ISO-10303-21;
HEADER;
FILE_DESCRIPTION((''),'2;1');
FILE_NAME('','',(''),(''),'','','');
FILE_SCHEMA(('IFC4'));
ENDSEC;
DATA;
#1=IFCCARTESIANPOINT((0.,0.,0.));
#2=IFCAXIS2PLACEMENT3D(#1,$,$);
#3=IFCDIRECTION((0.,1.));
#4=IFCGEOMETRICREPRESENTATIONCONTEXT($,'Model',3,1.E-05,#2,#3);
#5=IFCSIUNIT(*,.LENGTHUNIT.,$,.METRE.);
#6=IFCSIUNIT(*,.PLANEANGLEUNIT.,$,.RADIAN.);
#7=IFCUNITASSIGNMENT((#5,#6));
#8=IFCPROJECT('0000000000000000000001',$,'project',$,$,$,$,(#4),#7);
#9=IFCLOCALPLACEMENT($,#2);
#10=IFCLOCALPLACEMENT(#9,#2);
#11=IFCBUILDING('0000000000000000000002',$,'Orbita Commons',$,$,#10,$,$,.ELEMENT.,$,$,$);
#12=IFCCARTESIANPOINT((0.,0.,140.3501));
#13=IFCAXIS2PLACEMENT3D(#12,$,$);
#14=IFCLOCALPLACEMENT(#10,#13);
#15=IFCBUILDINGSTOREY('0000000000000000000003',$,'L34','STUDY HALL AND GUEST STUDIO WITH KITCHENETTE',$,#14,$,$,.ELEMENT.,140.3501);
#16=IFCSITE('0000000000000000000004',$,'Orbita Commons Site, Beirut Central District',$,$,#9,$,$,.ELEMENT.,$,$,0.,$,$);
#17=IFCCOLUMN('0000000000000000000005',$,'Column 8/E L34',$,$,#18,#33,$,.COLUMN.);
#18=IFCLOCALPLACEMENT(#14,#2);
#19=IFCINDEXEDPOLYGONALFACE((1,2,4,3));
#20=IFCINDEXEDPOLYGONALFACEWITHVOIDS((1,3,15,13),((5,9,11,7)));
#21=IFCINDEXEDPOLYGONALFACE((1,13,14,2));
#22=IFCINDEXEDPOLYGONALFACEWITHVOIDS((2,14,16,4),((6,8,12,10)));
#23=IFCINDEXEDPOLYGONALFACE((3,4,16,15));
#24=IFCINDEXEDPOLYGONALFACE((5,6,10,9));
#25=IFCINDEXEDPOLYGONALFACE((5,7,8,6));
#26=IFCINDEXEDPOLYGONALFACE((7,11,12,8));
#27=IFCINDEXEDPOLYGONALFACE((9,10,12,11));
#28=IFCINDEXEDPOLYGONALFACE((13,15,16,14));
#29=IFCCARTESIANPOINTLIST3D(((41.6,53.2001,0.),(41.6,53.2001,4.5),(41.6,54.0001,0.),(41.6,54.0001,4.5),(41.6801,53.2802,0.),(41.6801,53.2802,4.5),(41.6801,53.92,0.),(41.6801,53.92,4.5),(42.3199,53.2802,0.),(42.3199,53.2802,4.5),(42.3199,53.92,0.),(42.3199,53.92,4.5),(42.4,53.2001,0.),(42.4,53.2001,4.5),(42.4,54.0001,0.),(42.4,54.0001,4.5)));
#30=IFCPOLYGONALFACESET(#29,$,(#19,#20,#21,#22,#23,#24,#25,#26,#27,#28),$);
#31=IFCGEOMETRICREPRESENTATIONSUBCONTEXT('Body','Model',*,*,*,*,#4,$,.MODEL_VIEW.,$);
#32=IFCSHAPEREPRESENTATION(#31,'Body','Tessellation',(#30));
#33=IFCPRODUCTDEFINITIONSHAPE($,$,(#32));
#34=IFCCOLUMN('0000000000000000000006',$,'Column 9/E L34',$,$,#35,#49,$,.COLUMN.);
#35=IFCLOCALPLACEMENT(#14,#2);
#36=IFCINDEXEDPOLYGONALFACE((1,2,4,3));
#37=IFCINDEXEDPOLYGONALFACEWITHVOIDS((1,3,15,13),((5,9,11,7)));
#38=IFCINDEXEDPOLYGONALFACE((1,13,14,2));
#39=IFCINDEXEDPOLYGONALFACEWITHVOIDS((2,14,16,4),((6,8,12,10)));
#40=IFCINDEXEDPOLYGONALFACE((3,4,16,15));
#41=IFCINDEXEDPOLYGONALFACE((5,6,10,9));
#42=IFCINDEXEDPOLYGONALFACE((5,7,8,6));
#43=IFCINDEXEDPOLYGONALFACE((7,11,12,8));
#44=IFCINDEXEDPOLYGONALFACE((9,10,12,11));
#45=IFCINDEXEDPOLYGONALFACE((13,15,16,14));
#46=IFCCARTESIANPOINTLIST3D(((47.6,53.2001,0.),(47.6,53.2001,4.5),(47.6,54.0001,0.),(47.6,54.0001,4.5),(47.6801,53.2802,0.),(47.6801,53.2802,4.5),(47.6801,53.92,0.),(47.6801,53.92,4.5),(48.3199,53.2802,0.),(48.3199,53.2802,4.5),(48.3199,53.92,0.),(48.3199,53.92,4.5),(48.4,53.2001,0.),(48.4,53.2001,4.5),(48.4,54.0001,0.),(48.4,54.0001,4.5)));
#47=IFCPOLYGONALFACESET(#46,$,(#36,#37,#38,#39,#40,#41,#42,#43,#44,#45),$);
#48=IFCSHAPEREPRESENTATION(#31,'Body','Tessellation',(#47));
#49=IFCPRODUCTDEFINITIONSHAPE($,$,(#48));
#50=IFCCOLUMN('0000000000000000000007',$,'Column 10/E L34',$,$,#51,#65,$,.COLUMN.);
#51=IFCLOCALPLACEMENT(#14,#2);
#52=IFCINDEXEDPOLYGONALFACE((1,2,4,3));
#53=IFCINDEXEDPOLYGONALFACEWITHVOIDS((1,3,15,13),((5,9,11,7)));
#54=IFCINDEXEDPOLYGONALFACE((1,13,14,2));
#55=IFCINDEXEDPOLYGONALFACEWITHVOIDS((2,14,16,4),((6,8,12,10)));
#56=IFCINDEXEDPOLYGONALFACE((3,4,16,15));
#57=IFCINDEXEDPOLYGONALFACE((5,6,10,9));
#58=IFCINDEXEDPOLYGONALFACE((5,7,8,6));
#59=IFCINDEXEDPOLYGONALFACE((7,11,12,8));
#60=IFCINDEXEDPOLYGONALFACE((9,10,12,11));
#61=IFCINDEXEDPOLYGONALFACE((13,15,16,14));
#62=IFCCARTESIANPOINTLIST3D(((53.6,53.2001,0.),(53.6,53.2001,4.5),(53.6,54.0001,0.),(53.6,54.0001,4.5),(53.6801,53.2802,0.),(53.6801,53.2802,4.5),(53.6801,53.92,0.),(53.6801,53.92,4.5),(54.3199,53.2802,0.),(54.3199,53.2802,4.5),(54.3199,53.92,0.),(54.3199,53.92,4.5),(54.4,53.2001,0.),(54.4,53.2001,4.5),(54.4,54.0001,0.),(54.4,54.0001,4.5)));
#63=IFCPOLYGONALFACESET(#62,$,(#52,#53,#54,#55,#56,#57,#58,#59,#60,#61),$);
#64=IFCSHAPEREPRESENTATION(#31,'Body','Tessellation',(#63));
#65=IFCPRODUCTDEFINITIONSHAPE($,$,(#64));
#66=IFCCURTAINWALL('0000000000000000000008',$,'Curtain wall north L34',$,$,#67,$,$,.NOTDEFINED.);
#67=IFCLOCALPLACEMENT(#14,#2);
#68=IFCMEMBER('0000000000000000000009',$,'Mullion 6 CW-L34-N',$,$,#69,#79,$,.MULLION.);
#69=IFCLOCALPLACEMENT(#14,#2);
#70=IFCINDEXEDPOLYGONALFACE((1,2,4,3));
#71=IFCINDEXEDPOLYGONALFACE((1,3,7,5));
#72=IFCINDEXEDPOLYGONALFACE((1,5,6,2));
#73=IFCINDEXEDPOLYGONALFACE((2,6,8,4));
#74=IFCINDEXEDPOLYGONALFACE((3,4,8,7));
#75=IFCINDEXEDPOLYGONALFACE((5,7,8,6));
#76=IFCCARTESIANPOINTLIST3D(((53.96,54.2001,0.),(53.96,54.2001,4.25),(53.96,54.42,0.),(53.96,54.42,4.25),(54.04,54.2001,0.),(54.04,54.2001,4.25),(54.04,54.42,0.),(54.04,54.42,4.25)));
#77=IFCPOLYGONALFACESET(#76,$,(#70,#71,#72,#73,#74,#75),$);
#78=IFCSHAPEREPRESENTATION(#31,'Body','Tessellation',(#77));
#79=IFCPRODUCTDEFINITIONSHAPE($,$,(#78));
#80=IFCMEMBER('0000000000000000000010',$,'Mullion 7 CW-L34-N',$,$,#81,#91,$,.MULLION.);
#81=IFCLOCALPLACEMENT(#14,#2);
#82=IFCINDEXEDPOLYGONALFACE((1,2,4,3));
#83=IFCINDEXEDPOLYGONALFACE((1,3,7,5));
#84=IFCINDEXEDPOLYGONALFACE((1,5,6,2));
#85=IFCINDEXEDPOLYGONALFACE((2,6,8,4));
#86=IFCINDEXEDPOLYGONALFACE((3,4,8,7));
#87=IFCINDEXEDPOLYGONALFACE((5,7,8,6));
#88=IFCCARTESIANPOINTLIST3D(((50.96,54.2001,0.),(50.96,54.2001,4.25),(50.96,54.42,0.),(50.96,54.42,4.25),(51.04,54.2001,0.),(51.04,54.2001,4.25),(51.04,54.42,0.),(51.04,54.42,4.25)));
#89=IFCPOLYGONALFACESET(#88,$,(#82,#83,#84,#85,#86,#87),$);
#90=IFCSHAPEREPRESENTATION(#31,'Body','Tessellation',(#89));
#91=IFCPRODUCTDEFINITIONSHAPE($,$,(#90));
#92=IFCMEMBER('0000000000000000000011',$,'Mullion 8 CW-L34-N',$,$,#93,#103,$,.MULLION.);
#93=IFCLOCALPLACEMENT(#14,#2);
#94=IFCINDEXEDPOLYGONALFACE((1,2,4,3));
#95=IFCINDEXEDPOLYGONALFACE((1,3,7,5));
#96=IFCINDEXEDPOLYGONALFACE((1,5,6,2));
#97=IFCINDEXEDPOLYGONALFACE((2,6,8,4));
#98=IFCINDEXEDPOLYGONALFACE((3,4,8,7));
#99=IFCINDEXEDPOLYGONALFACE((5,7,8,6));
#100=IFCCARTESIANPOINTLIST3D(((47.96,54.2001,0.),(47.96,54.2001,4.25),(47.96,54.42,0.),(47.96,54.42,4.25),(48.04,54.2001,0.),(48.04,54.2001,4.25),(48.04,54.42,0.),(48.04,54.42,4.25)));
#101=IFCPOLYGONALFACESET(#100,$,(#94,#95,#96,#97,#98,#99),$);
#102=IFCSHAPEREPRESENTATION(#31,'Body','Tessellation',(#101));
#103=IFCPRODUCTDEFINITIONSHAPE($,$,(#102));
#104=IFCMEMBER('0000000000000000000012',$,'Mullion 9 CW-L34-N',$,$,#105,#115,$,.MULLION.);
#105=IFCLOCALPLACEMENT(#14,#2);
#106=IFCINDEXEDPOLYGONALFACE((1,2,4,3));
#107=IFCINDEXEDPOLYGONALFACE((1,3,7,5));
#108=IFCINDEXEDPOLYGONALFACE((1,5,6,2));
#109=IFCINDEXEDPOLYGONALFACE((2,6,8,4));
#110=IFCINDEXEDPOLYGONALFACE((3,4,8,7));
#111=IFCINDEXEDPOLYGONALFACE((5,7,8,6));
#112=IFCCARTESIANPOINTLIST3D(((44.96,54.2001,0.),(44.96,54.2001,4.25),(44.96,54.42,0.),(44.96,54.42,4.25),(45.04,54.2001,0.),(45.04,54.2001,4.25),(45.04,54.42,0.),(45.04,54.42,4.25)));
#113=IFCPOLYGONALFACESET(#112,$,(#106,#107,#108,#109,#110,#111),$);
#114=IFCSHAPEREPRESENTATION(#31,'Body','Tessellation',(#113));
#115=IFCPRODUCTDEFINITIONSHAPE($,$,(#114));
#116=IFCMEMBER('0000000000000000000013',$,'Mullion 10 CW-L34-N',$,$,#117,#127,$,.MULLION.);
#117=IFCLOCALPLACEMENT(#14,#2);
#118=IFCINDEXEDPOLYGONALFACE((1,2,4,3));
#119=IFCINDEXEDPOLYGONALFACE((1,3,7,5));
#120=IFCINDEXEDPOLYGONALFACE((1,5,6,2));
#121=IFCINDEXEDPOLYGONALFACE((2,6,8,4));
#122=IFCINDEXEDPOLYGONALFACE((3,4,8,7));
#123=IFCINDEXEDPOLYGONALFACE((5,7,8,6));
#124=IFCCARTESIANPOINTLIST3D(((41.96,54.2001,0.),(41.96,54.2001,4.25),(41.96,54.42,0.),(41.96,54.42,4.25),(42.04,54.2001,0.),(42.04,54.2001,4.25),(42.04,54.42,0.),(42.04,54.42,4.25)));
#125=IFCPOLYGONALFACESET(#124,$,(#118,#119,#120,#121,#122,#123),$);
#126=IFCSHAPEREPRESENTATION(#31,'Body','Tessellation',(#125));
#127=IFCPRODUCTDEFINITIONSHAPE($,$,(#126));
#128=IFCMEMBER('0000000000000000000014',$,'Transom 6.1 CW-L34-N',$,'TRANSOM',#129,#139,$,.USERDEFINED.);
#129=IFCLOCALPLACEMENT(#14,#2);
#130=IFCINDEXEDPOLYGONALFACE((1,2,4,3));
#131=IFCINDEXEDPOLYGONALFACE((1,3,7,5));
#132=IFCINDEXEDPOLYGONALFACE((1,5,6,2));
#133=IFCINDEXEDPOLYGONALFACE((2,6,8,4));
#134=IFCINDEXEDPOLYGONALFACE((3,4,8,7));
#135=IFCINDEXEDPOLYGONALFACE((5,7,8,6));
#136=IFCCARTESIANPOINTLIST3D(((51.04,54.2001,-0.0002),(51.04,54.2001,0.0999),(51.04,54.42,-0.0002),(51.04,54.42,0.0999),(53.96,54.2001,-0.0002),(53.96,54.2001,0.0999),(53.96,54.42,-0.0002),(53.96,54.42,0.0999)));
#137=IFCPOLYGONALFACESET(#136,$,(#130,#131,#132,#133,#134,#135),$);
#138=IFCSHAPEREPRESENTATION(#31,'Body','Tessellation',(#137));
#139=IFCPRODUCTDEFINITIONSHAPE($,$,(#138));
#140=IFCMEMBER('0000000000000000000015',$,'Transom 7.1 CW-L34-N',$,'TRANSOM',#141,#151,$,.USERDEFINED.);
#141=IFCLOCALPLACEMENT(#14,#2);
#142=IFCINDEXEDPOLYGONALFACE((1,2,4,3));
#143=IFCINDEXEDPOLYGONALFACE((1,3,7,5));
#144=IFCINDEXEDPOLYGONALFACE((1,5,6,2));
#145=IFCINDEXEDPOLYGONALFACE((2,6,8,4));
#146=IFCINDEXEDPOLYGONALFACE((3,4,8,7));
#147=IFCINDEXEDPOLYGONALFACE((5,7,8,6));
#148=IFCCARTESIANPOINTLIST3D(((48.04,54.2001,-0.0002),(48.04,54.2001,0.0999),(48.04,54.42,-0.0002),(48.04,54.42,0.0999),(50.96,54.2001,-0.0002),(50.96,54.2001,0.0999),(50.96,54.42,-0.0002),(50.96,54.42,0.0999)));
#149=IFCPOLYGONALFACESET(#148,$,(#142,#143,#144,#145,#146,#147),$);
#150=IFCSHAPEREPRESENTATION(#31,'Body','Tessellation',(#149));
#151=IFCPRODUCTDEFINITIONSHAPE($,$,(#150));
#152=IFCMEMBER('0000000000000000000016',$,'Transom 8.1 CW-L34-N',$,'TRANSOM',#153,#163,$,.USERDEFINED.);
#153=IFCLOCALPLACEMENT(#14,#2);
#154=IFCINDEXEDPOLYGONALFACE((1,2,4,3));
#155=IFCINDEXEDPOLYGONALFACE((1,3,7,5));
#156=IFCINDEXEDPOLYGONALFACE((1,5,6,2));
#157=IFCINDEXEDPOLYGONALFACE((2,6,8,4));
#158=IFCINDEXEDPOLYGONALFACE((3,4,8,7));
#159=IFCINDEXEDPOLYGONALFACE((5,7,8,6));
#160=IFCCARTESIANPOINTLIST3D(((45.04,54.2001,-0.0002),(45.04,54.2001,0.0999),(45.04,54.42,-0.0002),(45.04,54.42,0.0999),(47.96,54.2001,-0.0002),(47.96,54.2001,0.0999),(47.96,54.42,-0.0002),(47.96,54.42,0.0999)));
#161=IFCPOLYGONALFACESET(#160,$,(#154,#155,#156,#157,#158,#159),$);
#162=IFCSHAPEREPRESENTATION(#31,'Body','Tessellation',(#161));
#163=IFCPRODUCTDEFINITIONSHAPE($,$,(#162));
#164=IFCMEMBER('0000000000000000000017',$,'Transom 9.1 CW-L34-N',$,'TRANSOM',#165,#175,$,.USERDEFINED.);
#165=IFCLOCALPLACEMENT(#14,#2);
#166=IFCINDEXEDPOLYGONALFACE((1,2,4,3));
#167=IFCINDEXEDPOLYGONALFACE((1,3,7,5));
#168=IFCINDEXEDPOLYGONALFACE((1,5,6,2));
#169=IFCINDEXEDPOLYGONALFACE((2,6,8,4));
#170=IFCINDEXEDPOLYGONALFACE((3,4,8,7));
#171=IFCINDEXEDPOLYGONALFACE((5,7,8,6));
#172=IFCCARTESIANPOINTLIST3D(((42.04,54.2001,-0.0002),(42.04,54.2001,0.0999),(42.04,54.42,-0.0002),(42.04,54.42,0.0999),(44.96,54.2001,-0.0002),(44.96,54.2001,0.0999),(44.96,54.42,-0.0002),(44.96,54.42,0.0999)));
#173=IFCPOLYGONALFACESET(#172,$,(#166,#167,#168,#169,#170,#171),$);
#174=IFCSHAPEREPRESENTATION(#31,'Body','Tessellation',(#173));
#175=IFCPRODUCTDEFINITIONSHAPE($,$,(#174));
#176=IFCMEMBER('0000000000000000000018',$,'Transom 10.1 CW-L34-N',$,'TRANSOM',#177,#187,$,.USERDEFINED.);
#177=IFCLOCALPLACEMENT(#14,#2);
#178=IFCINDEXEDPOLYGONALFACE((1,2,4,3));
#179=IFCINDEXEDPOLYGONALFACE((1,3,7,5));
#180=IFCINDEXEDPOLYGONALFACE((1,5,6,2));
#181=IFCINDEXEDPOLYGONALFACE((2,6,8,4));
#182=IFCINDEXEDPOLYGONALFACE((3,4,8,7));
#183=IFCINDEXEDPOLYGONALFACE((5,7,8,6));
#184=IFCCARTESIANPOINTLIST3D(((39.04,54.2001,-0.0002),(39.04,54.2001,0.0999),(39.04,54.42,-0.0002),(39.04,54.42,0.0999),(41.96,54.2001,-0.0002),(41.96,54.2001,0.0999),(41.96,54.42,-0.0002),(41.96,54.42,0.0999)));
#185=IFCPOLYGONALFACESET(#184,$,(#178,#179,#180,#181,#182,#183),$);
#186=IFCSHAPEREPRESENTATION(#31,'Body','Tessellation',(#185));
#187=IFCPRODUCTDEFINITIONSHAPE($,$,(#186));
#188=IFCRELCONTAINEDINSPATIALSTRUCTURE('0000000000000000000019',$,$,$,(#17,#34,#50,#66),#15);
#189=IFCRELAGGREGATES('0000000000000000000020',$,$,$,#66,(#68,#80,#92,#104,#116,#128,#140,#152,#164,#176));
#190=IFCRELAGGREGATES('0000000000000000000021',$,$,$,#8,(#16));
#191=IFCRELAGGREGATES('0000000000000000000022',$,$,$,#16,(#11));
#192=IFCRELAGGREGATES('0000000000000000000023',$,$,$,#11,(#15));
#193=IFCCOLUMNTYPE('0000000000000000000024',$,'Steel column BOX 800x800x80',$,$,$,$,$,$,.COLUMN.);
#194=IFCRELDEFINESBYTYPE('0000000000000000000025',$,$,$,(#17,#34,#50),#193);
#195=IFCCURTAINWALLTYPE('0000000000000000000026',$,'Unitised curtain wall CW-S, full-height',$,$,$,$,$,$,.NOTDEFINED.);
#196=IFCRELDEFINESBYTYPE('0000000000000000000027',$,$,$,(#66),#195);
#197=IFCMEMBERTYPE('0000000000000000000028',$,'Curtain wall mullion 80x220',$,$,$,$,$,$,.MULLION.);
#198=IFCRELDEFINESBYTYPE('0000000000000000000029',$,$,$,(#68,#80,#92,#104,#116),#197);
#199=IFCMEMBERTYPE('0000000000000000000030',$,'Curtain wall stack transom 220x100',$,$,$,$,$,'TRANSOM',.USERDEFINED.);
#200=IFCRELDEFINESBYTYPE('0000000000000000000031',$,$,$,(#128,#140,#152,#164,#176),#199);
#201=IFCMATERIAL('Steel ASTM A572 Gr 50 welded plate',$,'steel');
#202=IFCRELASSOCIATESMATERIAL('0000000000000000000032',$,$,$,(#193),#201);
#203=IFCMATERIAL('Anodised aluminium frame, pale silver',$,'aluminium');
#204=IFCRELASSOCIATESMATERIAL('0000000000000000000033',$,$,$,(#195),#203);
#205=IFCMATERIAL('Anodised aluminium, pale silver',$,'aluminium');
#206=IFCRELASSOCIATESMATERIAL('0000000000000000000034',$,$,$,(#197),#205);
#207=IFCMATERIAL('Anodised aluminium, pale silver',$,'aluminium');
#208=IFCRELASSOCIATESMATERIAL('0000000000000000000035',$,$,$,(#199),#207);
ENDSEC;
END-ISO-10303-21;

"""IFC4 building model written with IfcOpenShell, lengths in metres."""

from ifc_helpers import new_model, si_unit, direction, frame, origin, origin_2d, place, context, subcontext, project, spatial, rectangle, hollow_rectangle, extrude, material, material_profile, profile_set, type_object, element, aggregate, save


model = new_model("IFC4")

# Units and contexts
model_context = context("Model", 3, precision=1e-05, world=origin(), true_north=direction((0.0, 1.0)))
body_context = subcontext(model_context, "Body", "Model", "MODEL_VIEW")
ifc_project = project(units=[si_unit("LENGTHUNIT", "METRE"), si_unit("PLANEANGLEUNIT", "RADIAN")], contexts=[model_context])

# Site, building, storey
site_placement = place(None, origin())
site = spatial("IfcSite", under=ifc_project, at=site_placement, Name="Orbita Commons Site, Beirut Central District", CompositionType="ELEMENT", RefElevation=0.0)
building_placement = place(site_placement, origin())
building = spatial("IfcBuilding", under=site, at=building_placement, Name="Orbita Commons", CompositionType="ELEMENT")
storey_placement = place(building_placement, frame((0.0, 0.0, 140.3501)))
storey = spatial("IfcBuildingStorey", under=building, at=storey_placement, Name="L34", Description="STUDY HALL AND GUEST STUDIO WITH KITCHENETTE", CompositionType="ELEMENT", Elevation=140.3501)

# Columns
ifc_material_1 = material(Name="Steel ASTM A572 Gr 50 welded plate", Category="steel")
ifc_material_profile_1 = material_profile(ifc_material_1, hollow_rectangle(XDim=0.8, YDim=0.8, WallThickness=0.0801, at=origin_2d()), Name="BOX 800x800x80")
ifc_profile_set_1 = profile_set([ifc_material_profile_1], Name="Steel ASTM A572 Gr 50 welded plate")
column_type = type_object("IfcColumnType", Name="Steel column BOX 800x800x80", PredefinedType="COLUMN", material=ifc_profile_set_1)
for number, where, z_axis, x_axis, name in (
    (1, (42.0, 53.6001, 0.0), (0.0, 0.0, 1.0), (1.0, 0.0, 0.0), "Column 8/E L34"),
    (2, (48.0, 53.6001, 0.0), (0.0, 0.0, 1.0), (1.0, 0.0, 0.0), "Column 9/E L34"),
    (3, (54.0, 53.6001, 0.0), (0.0, 0.0, 1.0), (1.0, 0.0, 0.0), "Column 10/E L34"),
):
    element("IfcColumn", number, at=place(storey_placement, frame(where, z_axis=z_axis, x_axis=x_axis)), inside=storey, type_object=column_type, Name=name, PredefinedType="COLUMN", context=body_context, shape_type="SweptSolid", body=[
        extrude(hollow_rectangle(XDim=0.8, YDim=0.8, WallThickness=0.0801, at=origin_2d()), origin(), (0.0, 0.0, 1.0), 4.5),
    ])

# Curtain wall, members
ifc_material_2 = material(Name="Anodised aluminium frame, pale silver", Category="aluminium")
curtain_wall_type = type_object("IfcCurtainWallType", Name="Unitised curtain wall CW-S, full-height", PredefinedType="NOTDEFINED", material=ifc_material_2)
curtain_wall_placement = place(storey_placement, origin())
curtain_wall = element("IfcCurtainWall", 4, at=curtain_wall_placement, inside=storey, type_object=curtain_wall_type, Name="Curtain wall north L34", PredefinedType="NOTDEFINED")
ifc_material_3 = material(Name="Anodised aluminium, pale silver", Category="aluminium")
ifc_material_profile_2 = material_profile(ifc_material_3, rectangle(XDim=0.0801, YDim=0.22, at=origin_2d()), Name="AL 80x220")
ifc_profile_set_2 = profile_set([ifc_material_profile_2], Name="Anodised aluminium, pale silver")
member_type_1 = type_object("IfcMemberType", Name="Curtain wall mullion 80x220", PredefinedType="MULLION", material=ifc_profile_set_2)
member_1_placement = place(storey_placement, frame((54.0, 54.3101, 0.0), z_axis=(0.0, 0.0, 1.0), x_axis=(-1.0, 0.0, 0.0)))
member_1 = element("IfcMember", 5, at=member_1_placement, type_object=member_type_1, Name="Mullion 6 CW-L34-N", PredefinedType="MULLION", context=body_context, shape_type="SweptSolid", body=[
    extrude(rectangle(XDim=0.0801, YDim=0.22, at=origin_2d()), origin(), (0.0, 0.0, 1.0), 4.25),
])
member_2_placement = place(storey_placement, frame((51.0, 54.3101, 0.0), z_axis=(0.0, 0.0, 1.0), x_axis=(-1.0, 0.0, 0.0)))
member_2 = element("IfcMember", 6, at=member_2_placement, type_object=member_type_1, Name="Mullion 7 CW-L34-N", PredefinedType="MULLION", context=body_context, shape_type="SweptSolid", body=[
    extrude(rectangle(XDim=0.0801, YDim=0.22, at=origin_2d()), origin(), (0.0, 0.0, 1.0), 4.25),
])
member_3_placement = place(storey_placement, frame((48.0, 54.3101, 0.0), z_axis=(0.0, 0.0, 1.0), x_axis=(-1.0, 0.0, 0.0)))
member_3 = element("IfcMember", 7, at=member_3_placement, type_object=member_type_1, Name="Mullion 8 CW-L34-N", PredefinedType="MULLION", context=body_context, shape_type="SweptSolid", body=[
    extrude(rectangle(XDim=0.0801, YDim=0.22, at=origin_2d()), origin(), (0.0, 0.0, 1.0), 4.25),
])
member_4_placement = place(storey_placement, frame((45.0, 54.3101, 0.0), z_axis=(0.0, 0.0, 1.0), x_axis=(-1.0, 0.0, 0.0)))
member_4 = element("IfcMember", 8, at=member_4_placement, type_object=member_type_1, Name="Mullion 9 CW-L34-N", PredefinedType="MULLION", context=body_context, shape_type="SweptSolid", body=[
    extrude(rectangle(XDim=0.0801, YDim=0.22, at=origin_2d()), origin(), (0.0, 0.0, 1.0), 4.25),
])
member_5_placement = place(storey_placement, frame((42.0, 54.3101, 0.0), z_axis=(0.0, 0.0, 1.0), x_axis=(-1.0, 0.0, 0.0)))
member_5 = element("IfcMember", 9, at=member_5_placement, type_object=member_type_1, Name="Mullion 10 CW-L34-N", PredefinedType="MULLION", context=body_context, shape_type="SweptSolid", body=[
    extrude(rectangle(XDim=0.0801, YDim=0.22, at=origin_2d()), origin(), (0.0, 0.0, 1.0), 4.25),
])
ifc_material_4 = material(Name="Anodised aluminium, pale silver", Category="aluminium")
ifc_material_profile_3 = material_profile(ifc_material_4, rectangle(XDim=0.22, YDim=0.1001, at=origin_2d()), Name="AL 220x100")
ifc_profile_set_3 = profile_set([ifc_material_profile_3], Name="Anodised aluminium, pale silver")
member_type_2 = type_object("IfcMemberType", Name="Curtain wall stack transom 220x100", ElementType="TRANSOM", PredefinedType="USERDEFINED", material=ifc_profile_set_3)
member_6_placement = place(storey_placement, frame((53.96, 54.3101, 0.0498), z_axis=(-1.0, 0.0, 0.0), x_axis=(0.0, -1.0, 0.0)))
member_6 = element("IfcMember", 10, at=member_6_placement, type_object=member_type_2, Name="Transom 6.1 CW-L34-N", ObjectType="TRANSOM", PredefinedType="USERDEFINED", context=body_context, shape_type="SweptSolid", body=[
    extrude(rectangle(XDim=0.22, YDim=0.1001, at=origin_2d()), origin(), (0.0, 0.0, 1.0), 2.9199),
])
member_7_placement = place(storey_placement, frame((50.96, 54.3101, 0.0498), z_axis=(-1.0, 0.0, 0.0), x_axis=(0.0, -1.0, 0.0)))
member_7 = element("IfcMember", 11, at=member_7_placement, type_object=member_type_2, Name="Transom 7.1 CW-L34-N", ObjectType="TRANSOM", PredefinedType="USERDEFINED", context=body_context, shape_type="SweptSolid", body=[
    extrude(rectangle(XDim=0.22, YDim=0.1001, at=origin_2d()), origin(), (0.0, 0.0, 1.0), 2.9199),
])
member_8_placement = place(storey_placement, frame((47.96, 54.3101, 0.0498), z_axis=(-1.0, 0.0, 0.0), x_axis=(0.0, -1.0, 0.0)))
member_8 = element("IfcMember", 12, at=member_8_placement, type_object=member_type_2, Name="Transom 8.1 CW-L34-N", ObjectType="TRANSOM", PredefinedType="USERDEFINED", context=body_context, shape_type="SweptSolid", body=[
    extrude(rectangle(XDim=0.22, YDim=0.1001, at=origin_2d()), origin(), (0.0, 0.0, 1.0), 2.9199),
])
member_9_placement = place(storey_placement, frame((44.96, 54.3101, 0.0498), z_axis=(-1.0, 0.0, 0.0), x_axis=(0.0, -1.0, 0.0)))
member_9 = element("IfcMember", 13, at=member_9_placement, type_object=member_type_2, Name="Transom 9.1 CW-L34-N", ObjectType="TRANSOM", PredefinedType="USERDEFINED", context=body_context, shape_type="SweptSolid", body=[
    extrude(rectangle(XDim=0.22, YDim=0.1001, at=origin_2d()), origin(), (0.0, 0.0, 1.0), 2.9199),
])
member_10_placement = place(storey_placement, frame((41.96, 54.3101, 0.0498), z_axis=(-1.0, 0.0, 0.0), x_axis=(0.0, -1.0, 0.0)))
member_10 = element("IfcMember", 14, at=member_10_placement, type_object=member_type_2, Name="Transom 10.1 CW-L34-N", ObjectType="TRANSOM", PredefinedType="USERDEFINED", context=body_context, shape_type="SweptSolid", body=[
    extrude(rectangle(XDim=0.22, YDim=0.1001, at=origin_2d()), origin(), (0.0, 0.0, 1.0), 2.9199),
])

aggregate(curtain_wall, [member_1, member_2, member_3, member_4, member_5, member_6, member_7, member_8, member_9, member_10])

save(model, "model.ifc")
